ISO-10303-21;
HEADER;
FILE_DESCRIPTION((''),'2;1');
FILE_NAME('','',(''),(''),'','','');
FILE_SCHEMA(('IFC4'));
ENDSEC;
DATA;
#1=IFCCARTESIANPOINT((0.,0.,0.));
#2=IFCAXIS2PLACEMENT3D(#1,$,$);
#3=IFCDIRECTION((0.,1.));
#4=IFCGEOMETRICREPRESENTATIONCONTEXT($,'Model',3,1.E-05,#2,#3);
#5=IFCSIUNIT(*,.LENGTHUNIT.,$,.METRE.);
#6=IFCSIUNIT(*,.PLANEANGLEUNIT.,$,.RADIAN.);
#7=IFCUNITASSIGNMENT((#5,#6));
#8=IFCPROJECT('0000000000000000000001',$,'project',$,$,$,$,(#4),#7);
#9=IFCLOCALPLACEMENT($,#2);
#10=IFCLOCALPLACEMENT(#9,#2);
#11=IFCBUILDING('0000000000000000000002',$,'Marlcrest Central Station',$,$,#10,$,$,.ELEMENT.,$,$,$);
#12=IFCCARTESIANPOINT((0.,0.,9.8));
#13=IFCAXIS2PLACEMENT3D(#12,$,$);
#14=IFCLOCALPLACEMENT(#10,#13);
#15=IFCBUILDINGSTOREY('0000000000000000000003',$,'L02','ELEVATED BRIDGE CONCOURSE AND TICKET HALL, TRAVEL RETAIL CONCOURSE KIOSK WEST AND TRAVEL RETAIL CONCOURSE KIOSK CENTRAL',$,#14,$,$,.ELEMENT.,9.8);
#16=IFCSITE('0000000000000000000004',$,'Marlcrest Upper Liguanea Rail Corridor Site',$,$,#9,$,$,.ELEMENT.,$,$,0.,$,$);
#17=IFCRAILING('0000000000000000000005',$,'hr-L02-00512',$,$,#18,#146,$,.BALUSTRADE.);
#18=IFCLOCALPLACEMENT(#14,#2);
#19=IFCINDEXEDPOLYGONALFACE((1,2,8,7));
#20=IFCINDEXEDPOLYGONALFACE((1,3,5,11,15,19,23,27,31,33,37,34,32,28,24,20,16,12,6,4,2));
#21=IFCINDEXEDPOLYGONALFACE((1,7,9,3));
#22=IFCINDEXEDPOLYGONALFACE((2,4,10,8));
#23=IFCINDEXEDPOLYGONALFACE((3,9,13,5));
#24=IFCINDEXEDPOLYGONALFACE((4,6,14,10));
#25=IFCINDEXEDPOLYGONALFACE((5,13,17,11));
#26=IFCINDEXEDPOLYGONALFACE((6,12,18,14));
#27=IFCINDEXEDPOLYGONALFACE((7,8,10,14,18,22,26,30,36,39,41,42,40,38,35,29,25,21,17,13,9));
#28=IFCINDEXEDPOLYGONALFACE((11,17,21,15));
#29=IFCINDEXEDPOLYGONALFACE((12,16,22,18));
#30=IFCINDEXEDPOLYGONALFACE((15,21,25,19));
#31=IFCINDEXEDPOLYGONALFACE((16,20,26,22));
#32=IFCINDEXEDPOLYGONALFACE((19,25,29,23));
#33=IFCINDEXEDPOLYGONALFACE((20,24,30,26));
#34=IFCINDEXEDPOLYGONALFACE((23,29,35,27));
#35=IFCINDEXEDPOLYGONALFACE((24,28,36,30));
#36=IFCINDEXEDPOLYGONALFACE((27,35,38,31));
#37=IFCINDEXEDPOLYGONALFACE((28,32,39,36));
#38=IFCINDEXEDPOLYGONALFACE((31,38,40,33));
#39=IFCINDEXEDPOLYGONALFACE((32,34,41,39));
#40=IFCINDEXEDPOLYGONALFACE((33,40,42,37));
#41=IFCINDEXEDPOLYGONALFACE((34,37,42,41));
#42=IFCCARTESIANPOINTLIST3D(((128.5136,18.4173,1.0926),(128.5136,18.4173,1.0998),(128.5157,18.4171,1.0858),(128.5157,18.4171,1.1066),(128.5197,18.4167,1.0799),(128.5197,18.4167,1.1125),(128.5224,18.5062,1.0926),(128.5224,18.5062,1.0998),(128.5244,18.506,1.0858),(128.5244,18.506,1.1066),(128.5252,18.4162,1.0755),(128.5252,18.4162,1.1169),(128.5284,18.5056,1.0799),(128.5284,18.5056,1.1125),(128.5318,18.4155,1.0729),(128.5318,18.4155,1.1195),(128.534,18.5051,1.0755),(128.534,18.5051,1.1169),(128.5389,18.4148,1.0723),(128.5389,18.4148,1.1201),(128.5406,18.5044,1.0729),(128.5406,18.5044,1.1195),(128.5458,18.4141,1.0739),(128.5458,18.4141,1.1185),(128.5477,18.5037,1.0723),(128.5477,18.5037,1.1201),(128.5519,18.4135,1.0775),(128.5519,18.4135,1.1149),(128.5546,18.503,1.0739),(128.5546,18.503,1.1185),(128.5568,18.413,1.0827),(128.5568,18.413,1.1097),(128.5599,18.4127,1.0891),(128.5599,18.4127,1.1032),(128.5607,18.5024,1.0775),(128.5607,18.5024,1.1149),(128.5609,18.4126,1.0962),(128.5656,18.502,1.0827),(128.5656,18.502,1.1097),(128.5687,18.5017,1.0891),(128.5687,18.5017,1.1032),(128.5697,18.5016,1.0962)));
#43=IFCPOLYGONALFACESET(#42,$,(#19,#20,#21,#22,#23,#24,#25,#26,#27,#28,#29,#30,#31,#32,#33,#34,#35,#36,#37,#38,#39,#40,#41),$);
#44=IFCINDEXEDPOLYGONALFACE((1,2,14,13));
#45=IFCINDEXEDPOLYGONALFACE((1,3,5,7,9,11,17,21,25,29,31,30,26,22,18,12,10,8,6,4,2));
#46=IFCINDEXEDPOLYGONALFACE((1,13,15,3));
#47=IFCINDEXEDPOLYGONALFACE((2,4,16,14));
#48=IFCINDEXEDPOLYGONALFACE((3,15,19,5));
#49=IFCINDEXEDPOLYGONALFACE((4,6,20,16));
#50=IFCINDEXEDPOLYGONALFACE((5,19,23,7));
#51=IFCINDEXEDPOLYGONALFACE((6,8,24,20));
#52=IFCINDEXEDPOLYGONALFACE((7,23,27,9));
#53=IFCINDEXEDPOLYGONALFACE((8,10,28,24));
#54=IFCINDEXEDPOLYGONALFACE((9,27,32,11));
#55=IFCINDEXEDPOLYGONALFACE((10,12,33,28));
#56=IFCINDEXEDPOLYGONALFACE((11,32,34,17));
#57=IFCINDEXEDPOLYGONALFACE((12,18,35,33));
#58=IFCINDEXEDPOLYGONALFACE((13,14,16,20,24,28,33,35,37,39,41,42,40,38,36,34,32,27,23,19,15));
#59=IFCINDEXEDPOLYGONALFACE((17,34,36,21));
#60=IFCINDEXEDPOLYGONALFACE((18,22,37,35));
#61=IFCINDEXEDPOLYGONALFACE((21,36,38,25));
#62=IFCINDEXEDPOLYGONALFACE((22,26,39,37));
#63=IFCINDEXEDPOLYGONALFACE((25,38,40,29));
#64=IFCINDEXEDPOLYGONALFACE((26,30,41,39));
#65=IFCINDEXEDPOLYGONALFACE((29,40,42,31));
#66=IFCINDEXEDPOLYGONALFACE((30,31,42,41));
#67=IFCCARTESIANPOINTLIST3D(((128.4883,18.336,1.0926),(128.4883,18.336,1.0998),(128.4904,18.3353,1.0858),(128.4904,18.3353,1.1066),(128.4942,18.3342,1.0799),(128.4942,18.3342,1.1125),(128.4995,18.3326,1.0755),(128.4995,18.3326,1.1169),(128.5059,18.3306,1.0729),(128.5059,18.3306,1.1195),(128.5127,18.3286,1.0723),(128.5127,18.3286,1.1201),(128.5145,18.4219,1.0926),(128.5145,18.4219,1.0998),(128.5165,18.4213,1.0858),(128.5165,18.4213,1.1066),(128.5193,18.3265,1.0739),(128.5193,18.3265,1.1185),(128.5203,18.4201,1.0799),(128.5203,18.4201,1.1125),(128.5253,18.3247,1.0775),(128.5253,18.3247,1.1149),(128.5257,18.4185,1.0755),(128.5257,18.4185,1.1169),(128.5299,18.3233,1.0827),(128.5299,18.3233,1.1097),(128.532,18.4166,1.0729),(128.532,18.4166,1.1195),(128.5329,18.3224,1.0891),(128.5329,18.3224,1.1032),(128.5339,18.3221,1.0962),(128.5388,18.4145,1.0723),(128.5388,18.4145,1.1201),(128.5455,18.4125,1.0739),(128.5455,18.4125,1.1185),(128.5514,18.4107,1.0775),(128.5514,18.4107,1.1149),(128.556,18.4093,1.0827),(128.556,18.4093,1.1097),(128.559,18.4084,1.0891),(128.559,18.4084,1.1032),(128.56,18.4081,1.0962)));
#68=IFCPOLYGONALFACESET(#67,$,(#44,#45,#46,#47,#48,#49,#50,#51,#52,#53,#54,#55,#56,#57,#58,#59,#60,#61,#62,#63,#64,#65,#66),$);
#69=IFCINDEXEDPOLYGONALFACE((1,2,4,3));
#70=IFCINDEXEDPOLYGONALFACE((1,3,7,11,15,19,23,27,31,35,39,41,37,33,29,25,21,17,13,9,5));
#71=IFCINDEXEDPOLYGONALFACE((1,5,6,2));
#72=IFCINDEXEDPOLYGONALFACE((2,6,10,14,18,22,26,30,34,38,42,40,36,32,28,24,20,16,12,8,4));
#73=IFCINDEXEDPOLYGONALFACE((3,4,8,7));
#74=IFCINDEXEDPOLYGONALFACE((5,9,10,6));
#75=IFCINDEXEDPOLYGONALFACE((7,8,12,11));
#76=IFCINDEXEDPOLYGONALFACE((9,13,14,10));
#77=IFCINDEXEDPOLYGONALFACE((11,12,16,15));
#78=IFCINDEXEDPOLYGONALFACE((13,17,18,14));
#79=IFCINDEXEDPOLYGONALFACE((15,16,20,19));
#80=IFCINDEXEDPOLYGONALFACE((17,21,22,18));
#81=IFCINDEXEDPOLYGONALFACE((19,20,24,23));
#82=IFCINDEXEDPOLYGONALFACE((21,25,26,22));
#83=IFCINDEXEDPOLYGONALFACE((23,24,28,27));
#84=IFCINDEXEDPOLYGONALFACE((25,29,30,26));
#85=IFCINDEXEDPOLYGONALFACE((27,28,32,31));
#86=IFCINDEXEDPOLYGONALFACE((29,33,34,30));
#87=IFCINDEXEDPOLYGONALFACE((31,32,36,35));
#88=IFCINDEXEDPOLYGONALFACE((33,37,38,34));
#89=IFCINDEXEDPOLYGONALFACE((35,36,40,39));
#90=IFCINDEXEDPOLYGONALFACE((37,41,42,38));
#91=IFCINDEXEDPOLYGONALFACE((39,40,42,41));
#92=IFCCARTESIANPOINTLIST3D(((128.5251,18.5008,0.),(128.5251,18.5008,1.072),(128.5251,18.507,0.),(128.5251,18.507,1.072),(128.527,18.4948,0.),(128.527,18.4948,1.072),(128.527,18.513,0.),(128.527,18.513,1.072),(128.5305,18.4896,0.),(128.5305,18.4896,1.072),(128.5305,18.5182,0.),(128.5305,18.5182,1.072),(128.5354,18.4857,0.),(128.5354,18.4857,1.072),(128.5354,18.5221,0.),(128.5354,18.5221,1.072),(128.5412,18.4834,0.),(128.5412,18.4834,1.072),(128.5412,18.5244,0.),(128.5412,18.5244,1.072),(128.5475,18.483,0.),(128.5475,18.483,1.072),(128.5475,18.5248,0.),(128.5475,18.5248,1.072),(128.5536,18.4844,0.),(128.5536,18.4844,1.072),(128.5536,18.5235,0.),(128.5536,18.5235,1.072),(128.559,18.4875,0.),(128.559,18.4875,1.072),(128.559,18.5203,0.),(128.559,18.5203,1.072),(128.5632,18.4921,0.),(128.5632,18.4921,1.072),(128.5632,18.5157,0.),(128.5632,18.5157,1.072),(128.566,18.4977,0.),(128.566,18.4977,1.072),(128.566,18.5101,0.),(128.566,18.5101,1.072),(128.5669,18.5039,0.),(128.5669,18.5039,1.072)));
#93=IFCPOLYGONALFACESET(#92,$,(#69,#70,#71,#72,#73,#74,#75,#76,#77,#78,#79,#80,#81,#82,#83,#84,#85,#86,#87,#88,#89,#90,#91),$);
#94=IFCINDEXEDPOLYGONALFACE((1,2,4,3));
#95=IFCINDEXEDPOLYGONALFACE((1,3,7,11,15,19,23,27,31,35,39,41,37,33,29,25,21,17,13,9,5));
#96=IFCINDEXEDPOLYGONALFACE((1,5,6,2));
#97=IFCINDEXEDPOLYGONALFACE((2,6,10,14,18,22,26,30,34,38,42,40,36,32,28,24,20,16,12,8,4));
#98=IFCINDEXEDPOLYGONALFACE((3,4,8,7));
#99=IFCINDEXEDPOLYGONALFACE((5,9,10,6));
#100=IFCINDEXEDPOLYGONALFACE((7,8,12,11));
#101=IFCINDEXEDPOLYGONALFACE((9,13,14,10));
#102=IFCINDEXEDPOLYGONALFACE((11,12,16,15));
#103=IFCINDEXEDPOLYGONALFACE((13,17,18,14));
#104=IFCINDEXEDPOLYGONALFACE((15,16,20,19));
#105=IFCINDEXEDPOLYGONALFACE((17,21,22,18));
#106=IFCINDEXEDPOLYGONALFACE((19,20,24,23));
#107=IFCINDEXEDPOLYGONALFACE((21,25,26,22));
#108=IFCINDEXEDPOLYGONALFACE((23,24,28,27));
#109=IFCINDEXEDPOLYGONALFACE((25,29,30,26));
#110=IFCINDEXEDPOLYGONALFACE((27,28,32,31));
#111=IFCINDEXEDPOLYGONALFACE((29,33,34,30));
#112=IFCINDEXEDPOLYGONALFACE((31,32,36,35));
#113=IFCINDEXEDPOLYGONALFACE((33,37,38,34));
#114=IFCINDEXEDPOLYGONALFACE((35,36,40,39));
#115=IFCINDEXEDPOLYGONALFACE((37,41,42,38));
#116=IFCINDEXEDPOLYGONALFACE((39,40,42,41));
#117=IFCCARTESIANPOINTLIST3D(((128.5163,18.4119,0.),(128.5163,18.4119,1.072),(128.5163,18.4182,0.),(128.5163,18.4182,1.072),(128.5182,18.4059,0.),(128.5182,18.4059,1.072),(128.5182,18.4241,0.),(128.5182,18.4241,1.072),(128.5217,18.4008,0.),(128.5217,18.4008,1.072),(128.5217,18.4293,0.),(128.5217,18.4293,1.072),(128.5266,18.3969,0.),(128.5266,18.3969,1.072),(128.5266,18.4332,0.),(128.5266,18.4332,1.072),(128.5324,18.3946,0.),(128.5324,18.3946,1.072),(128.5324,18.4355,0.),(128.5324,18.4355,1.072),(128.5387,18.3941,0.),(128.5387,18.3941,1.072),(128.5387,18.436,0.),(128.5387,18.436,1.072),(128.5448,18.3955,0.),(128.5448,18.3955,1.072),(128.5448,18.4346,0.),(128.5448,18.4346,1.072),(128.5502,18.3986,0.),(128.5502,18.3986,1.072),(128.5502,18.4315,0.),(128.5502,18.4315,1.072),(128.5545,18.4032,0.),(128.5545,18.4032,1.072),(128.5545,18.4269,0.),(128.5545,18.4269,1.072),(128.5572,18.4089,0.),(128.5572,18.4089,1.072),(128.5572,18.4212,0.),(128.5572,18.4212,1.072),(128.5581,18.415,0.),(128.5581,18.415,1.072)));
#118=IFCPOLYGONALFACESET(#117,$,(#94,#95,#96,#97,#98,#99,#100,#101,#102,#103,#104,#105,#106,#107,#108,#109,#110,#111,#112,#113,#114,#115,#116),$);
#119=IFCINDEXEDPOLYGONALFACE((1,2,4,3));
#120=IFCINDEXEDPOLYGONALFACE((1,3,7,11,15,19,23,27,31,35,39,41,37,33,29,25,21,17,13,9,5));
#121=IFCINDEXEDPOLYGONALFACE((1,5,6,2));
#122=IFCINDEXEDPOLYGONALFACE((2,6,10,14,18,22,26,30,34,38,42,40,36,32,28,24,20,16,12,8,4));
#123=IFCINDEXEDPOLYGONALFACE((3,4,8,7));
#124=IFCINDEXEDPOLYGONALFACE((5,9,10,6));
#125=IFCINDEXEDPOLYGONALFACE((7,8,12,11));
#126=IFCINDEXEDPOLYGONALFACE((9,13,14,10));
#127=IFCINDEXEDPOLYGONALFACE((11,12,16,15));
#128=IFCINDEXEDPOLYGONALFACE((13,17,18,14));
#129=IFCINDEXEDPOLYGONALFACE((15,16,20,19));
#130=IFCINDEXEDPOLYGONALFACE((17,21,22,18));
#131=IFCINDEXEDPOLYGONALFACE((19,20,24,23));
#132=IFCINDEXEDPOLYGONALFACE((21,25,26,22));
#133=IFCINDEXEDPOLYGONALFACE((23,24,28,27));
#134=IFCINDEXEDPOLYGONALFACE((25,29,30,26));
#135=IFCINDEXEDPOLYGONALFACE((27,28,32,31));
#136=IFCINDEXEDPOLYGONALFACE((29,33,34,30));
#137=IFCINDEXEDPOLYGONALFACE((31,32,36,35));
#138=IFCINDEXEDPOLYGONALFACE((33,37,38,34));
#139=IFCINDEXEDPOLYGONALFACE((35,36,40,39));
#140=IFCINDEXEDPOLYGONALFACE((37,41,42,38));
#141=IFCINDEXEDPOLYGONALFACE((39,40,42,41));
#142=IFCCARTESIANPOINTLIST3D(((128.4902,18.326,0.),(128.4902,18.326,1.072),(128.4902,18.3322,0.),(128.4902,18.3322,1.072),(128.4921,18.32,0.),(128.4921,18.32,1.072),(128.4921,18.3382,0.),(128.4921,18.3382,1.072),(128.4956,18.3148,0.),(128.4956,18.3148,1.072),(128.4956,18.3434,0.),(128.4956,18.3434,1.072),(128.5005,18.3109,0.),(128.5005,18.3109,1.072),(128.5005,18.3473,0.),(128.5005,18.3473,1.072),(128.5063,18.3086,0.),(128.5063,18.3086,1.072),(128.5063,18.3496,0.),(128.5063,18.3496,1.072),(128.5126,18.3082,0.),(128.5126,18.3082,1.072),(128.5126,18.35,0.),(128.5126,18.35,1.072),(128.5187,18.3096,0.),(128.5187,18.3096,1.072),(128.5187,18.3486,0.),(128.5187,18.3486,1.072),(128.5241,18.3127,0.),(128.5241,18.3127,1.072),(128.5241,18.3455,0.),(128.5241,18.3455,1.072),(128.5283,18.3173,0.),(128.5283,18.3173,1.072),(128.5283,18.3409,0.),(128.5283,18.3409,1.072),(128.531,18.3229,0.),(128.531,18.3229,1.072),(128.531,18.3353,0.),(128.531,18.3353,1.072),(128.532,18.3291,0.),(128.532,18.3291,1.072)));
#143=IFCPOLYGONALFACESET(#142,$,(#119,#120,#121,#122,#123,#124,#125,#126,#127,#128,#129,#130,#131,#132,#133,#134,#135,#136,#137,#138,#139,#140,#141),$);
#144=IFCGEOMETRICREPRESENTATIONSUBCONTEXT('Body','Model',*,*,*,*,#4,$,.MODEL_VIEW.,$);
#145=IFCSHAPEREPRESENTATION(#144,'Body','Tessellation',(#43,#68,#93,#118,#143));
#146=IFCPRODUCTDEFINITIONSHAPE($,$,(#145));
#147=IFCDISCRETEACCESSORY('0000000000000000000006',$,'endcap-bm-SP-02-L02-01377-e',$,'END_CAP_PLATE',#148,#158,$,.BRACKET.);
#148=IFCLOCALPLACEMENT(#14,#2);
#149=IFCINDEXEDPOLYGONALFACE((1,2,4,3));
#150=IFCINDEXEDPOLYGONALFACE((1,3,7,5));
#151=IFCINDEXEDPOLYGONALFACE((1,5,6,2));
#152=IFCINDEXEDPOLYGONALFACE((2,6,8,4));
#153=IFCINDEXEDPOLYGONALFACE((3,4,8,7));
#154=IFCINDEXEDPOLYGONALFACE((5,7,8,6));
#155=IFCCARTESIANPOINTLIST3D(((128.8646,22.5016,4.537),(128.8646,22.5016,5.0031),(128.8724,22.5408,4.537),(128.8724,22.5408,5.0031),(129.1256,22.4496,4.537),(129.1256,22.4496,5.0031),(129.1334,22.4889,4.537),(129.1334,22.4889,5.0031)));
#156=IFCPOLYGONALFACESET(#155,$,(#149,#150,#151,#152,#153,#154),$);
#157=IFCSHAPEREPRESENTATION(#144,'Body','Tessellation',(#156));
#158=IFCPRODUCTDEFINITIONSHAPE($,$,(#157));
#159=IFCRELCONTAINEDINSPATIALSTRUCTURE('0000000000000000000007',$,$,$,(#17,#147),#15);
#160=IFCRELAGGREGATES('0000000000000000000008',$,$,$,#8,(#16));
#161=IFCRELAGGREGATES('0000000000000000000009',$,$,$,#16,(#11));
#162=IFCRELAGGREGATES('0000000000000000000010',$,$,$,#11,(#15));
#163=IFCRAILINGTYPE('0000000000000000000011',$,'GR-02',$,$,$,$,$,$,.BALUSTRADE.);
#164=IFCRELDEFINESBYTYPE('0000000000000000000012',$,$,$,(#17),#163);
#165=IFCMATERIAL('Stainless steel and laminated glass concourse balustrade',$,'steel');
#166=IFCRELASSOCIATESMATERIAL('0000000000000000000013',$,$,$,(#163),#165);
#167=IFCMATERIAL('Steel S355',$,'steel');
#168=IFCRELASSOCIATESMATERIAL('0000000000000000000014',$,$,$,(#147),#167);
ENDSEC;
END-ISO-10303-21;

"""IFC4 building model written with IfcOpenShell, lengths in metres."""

from ifc_helpers import new_model, si_unit, direction, frame, origin, origin_2d, place, context, subcontext, project, spatial, rectangle, circle, extrude, material, type_object, element, save


model = new_model("IFC4")

# Units and contexts
model_context = context("Model", 3, precision=1e-05, world=origin(), true_north=direction((0.0, 1.0)))
body_context = subcontext(model_context, "Body", "Model", "MODEL_VIEW")
ifc_project = project(units=[si_unit("LENGTHUNIT", "METRE"), si_unit("PLANEANGLEUNIT", "RADIAN")], contexts=[model_context])

# Site, building, storey
site_placement = place(None, origin())
site = spatial("IfcSite", under=ifc_project, at=site_placement, Name="Marlcrest Upper Liguanea Rail Corridor Site", CompositionType="ELEMENT", RefElevation=0.0)
building_placement = place(site_placement, origin())
building = spatial("IfcBuilding", under=site, at=building_placement, Name="Marlcrest Central Station", CompositionType="ELEMENT")
storey_placement = place(building_placement, frame((0.0, 0.0, 9.8)))
storey = spatial("IfcBuildingStorey", under=building, at=storey_placement, Name="L02", Description="ELEVATED BRIDGE CONCOURSE AND TICKET HALL, TRAVEL RETAIL CONCOURSE KIOSK WEST AND TRAVEL RETAIL CONCOURSE KIOSK CENTRAL", CompositionType="ELEMENT", Elevation=9.8)

# Shared definitions
ifc_material_1 = material(Name="Steel S355", Category="steel")

# Railing
ifc_material_2 = material(Name="Stainless steel and laminated glass concourse balustrade", Category="steel")
railing_type = type_object("IfcRailingType", Name="GR-02", PredefinedType="BALUSTRADE", material=ifc_material_2)
railing_1_placement = place(storey_placement, frame((128.5459, 18.5039, 0.0)))
element("IfcRailing", 1, at=railing_1_placement, inside=storey, type_object=railing_type, Name="hr-L02-00512", PredefinedType="BALUSTRADE", context=body_context, shape_type="SweptSolid", body=[
    extrude(circle(Radius=0.0239, at=origin_2d()), frame((0.0, 0.0, 1.0962), z_axis=(-0.098421, -0.995145, 0.0), x_axis=(0.995145, -0.098421, 0.0)), (0.0, 0.0, 1.0), 0.0894),
    extrude(circle(Radius=0.0239, at=origin_2d()), frame((-0.0088, -0.0889, 1.0962), z_axis=(-0.290837, -0.956773, 0.0), x_axis=(0.956773, -0.290837, 0.0)), (0.0, 0.0, 1.0), 0.0898),
    extrude(circle(Radius=0.021, at=origin_2d()), origin(), (0.0, 0.0, 1.0), 1.072),
    extrude(circle(Radius=0.021, at=origin_2d()), frame((-0.0088, -0.0889, 0.0)), (0.0, 0.0, 1.0), 1.072),
    extrude(circle(Radius=0.021, at=origin_2d()), frame((-0.0349, -0.1748, 0.0)), (0.0, 0.0, 1.0), 1.072),
])

# Discrete accessory
discrete_accessory_placement = place(storey_placement, frame((128.9951, 22.4756, 4.77), z_axis=(0.195171, 0.980769, 0.0), x_axis=(-0.980769, 0.195171, 0.0)))
element("IfcDiscreteAccessory", 2, at=discrete_accessory_placement, inside=storey, material=ifc_material_1, Name="endcap-bm-SP-02-L02-01377-e", ObjectType="END_CAP_PLATE", PredefinedType="BRACKET", context=body_context, shape_type="SweptSolid", body=[
    extrude(rectangle(XDim=0.2661, YDim=0.4661, at=origin_2d()), origin(), (0.0, 0.0, 1.0), 0.04),
])

save(model, "model.ifc")
